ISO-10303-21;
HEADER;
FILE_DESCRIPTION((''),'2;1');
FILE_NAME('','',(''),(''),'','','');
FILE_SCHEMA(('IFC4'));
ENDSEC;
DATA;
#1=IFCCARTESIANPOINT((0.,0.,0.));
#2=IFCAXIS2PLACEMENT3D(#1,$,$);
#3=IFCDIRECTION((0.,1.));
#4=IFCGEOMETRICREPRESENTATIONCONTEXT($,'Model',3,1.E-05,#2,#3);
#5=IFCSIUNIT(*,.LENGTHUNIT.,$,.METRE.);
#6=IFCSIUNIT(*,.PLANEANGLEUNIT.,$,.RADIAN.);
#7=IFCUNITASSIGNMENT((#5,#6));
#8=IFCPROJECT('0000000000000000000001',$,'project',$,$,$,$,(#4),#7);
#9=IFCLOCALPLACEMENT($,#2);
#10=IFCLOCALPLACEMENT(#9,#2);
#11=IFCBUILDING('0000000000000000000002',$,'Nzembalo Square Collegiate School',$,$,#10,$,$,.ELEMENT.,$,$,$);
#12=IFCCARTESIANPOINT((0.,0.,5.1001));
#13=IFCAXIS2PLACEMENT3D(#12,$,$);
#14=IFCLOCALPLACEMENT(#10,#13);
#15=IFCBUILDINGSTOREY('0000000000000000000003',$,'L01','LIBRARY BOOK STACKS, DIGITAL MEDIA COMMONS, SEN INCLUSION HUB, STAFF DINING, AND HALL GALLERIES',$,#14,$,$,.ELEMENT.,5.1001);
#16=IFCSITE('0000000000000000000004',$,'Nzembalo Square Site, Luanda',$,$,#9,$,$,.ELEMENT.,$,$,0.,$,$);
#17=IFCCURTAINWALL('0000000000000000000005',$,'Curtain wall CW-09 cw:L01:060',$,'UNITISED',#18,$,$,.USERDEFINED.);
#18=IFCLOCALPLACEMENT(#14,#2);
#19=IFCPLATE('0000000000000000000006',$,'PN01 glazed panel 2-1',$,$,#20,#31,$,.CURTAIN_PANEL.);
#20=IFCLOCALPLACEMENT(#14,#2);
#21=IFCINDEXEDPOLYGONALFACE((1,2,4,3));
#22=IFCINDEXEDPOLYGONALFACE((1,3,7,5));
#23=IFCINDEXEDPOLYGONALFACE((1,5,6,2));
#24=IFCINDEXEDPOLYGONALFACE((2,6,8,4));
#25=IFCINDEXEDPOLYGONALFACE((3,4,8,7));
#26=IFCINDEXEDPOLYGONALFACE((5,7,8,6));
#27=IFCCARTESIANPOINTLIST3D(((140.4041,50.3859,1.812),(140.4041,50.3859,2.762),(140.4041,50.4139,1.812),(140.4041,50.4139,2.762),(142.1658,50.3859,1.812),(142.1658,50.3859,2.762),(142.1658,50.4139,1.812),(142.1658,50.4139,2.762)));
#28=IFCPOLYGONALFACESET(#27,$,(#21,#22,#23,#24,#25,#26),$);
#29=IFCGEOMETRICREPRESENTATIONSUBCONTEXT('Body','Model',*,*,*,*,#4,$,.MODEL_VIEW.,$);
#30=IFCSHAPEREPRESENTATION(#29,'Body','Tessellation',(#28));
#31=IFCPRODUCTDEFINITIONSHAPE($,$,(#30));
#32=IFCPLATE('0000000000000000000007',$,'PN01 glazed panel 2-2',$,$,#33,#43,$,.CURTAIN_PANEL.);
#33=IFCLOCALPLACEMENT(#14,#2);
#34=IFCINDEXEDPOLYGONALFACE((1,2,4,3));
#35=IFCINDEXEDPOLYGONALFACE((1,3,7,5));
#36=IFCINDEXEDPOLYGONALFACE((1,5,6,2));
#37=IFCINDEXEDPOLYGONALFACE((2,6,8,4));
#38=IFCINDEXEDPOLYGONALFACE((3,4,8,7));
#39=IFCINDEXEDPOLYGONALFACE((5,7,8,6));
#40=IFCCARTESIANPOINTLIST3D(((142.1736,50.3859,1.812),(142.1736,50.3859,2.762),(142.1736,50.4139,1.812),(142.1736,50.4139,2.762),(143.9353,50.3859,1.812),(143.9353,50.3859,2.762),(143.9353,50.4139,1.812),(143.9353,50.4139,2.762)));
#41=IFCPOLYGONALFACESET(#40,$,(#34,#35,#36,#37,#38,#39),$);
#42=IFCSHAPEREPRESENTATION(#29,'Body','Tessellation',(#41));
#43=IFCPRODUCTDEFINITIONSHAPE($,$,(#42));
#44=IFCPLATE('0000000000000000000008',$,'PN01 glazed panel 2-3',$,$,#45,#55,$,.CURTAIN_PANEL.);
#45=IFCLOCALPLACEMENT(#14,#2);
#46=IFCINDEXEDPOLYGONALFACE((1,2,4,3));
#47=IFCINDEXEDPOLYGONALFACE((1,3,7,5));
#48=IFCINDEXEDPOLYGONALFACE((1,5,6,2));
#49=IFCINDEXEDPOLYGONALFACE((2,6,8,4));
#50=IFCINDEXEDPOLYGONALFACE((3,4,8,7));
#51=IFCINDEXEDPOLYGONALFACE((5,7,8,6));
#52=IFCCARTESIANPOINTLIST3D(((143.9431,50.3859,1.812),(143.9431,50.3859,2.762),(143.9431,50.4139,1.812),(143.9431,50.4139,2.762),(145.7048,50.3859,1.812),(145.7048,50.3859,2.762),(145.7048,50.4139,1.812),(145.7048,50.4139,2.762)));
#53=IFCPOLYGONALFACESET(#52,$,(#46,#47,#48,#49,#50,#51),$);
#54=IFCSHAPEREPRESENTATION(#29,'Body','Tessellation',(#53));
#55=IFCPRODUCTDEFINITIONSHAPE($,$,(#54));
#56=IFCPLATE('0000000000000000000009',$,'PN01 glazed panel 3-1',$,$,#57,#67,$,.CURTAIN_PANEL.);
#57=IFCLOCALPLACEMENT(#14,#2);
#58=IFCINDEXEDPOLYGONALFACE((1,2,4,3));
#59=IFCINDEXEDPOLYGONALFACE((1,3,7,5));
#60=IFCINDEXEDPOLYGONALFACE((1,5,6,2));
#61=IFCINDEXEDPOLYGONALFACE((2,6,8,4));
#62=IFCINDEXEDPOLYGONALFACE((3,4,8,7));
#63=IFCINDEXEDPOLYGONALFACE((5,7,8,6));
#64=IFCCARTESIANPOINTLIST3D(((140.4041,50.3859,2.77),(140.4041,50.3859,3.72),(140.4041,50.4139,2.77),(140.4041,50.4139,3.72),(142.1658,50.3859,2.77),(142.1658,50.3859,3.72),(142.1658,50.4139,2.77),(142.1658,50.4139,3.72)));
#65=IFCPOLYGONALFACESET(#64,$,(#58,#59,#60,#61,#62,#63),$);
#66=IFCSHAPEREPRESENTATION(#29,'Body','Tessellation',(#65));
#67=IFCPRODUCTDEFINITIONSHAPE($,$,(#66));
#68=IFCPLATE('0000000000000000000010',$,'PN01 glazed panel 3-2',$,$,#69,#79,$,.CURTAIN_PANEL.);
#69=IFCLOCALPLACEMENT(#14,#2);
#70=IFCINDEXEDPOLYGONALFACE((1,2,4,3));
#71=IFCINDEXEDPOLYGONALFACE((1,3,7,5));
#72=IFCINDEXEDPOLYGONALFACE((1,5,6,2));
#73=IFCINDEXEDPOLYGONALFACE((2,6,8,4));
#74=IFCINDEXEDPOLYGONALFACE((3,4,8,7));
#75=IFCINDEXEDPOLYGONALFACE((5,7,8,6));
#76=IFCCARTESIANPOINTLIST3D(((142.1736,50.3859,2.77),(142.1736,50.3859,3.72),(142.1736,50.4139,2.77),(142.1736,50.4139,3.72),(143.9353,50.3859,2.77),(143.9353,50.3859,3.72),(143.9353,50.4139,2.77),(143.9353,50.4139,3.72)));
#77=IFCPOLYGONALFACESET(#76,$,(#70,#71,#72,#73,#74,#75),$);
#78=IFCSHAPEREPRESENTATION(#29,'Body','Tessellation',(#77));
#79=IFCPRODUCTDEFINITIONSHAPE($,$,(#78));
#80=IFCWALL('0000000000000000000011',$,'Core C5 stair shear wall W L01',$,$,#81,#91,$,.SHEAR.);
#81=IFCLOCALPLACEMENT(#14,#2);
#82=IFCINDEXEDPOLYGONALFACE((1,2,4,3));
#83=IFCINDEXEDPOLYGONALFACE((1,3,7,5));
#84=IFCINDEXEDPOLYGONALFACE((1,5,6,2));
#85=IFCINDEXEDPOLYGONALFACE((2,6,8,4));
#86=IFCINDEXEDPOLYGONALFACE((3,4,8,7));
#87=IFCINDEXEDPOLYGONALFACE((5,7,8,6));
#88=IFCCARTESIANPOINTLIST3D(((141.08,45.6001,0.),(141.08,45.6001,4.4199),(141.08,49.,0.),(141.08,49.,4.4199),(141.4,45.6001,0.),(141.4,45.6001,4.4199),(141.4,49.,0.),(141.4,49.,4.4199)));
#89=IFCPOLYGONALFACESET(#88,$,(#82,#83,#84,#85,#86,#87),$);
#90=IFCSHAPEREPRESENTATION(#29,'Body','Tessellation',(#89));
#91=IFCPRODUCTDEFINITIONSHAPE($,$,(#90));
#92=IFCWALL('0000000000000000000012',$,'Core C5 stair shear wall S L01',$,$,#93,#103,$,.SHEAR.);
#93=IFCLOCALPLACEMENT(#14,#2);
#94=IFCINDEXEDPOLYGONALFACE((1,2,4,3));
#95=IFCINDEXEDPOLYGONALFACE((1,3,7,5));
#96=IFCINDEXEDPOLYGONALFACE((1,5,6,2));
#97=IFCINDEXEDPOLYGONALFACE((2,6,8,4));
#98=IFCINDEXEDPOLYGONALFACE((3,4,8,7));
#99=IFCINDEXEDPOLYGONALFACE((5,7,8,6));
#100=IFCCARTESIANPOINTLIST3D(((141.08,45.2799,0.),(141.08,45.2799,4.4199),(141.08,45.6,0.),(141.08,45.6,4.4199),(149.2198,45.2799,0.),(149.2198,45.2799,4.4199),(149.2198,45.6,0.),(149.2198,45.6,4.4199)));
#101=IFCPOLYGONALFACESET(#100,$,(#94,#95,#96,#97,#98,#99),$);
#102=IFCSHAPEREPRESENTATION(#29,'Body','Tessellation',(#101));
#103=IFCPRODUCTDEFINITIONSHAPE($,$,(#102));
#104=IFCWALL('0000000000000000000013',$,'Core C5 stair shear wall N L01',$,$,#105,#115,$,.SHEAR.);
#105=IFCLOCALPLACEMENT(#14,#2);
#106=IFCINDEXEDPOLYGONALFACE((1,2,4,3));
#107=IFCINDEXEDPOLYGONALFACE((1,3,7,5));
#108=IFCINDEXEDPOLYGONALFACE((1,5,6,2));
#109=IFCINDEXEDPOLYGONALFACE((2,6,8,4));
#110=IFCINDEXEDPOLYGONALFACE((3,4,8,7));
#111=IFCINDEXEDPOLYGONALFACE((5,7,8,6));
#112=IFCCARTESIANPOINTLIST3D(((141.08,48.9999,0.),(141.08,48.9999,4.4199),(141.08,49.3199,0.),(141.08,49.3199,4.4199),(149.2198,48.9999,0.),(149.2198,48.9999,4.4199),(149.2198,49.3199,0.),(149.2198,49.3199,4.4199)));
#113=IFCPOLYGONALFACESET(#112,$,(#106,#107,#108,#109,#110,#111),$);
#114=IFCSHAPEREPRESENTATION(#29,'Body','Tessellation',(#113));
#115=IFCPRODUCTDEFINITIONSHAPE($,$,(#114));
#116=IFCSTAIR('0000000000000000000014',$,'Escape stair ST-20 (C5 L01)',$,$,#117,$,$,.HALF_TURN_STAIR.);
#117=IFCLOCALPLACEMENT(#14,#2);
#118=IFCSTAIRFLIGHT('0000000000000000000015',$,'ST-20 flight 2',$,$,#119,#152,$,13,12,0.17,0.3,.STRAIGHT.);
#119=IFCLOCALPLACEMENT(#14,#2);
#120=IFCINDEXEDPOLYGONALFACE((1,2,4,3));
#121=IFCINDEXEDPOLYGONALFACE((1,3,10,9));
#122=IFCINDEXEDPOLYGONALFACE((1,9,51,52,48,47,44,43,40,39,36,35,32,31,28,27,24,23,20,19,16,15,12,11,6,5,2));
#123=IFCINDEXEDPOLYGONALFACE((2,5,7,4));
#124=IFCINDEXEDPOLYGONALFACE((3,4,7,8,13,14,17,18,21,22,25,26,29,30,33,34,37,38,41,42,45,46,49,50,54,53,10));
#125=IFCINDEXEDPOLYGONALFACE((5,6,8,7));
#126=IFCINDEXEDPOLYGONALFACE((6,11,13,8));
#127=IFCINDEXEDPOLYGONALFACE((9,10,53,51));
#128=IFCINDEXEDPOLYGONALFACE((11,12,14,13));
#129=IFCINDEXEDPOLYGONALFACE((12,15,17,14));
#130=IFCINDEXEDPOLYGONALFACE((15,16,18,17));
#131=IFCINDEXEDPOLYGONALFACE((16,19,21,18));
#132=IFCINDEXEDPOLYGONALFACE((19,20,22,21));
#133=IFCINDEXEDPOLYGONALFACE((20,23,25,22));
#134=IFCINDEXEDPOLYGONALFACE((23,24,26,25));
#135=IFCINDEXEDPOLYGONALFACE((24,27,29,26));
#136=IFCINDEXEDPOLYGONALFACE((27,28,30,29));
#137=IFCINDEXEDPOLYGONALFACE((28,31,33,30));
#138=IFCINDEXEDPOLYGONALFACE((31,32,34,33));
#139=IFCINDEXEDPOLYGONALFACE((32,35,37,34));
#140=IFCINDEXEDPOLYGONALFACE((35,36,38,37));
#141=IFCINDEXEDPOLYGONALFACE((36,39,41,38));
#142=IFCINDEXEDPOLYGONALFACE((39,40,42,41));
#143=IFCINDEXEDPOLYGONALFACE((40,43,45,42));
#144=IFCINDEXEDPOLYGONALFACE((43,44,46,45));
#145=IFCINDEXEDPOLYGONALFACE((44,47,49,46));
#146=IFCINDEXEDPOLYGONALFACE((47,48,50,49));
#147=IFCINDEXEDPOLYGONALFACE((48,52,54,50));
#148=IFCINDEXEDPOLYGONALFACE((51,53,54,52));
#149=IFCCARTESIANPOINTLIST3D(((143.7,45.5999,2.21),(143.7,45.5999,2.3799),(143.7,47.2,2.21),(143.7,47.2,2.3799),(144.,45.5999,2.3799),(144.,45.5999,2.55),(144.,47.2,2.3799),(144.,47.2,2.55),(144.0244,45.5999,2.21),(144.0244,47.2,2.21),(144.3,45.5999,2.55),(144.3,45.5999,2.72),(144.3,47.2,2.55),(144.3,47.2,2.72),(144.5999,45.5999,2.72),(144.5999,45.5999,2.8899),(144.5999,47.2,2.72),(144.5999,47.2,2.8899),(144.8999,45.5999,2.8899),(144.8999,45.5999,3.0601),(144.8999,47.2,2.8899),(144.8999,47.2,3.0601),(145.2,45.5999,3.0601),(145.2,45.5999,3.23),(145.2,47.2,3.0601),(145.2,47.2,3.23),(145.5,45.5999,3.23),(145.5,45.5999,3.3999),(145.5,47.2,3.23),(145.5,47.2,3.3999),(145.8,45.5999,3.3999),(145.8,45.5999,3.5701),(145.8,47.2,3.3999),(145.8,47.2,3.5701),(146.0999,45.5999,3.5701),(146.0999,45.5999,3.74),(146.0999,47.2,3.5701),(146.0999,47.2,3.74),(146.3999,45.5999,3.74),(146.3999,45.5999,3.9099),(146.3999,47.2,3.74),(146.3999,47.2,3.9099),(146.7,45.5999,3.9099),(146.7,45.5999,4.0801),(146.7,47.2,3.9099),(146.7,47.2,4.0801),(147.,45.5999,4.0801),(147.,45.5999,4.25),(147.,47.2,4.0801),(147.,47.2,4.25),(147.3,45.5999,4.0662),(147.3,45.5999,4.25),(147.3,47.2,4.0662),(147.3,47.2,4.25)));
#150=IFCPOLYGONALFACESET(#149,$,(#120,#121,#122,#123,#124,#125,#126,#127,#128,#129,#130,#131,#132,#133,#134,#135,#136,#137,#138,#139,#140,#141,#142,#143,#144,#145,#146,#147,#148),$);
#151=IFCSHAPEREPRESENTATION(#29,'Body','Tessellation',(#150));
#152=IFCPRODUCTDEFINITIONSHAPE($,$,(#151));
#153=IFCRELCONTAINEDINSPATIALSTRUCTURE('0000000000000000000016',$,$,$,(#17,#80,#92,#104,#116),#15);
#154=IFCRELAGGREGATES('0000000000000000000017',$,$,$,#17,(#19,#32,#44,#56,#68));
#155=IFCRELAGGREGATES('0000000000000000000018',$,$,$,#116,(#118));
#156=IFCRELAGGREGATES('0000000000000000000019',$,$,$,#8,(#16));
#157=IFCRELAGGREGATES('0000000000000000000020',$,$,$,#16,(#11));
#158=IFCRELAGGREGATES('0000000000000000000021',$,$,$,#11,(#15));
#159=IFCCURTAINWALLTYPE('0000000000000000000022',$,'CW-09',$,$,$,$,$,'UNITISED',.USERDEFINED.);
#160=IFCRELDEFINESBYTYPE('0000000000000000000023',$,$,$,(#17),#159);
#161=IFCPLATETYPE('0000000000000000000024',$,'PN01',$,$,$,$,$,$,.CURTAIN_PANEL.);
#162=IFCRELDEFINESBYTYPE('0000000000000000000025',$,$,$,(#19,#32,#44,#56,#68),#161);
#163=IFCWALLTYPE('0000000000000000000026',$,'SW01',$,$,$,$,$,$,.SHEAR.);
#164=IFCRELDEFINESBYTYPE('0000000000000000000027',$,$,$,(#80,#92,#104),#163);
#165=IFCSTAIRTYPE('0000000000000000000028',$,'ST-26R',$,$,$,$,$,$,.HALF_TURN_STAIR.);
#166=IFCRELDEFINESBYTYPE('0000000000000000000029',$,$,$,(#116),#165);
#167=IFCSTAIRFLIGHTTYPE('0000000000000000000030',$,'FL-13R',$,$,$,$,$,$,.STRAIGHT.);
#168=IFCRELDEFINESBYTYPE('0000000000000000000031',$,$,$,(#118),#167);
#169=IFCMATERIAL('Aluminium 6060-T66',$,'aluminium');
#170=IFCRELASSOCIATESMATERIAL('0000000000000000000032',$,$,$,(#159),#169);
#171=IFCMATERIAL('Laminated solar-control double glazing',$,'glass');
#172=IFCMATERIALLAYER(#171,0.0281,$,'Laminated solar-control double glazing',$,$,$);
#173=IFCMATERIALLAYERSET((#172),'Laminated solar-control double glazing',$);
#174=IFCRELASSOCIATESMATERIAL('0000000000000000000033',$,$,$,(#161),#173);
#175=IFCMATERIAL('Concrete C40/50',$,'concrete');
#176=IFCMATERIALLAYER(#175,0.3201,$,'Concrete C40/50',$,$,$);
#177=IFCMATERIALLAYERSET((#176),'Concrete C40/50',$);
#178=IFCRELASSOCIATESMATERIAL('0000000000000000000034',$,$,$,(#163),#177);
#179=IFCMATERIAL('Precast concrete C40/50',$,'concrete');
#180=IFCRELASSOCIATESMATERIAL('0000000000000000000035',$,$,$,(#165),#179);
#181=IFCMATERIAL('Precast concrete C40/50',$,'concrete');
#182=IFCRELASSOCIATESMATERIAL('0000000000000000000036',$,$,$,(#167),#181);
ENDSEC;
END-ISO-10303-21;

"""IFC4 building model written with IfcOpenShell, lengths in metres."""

from ifc_helpers import new_model, si_unit, direction, frame, frame_2d, origin, origin_2d, place, context, subcontext, project, spatial, polyline, rectangle, outline, extrude, material, layer, layer_set, type_object, element, aggregate, save


model = new_model("IFC4")

# Units and contexts
model_context = context("Model", 3, precision=1e-05, world=origin(), true_north=direction((0.0, 1.0)))
body_context = subcontext(model_context, "Body", "Model", "MODEL_VIEW")
ifc_project = project(units=[si_unit("LENGTHUNIT", "METRE"), si_unit("PLANEANGLEUNIT", "RADIAN")], contexts=[model_context])

# Site, building, storey
site_placement = place(None, origin())
site = spatial("IfcSite", under=ifc_project, at=site_placement, Name="Nzembalo Square Site, Luanda", CompositionType="ELEMENT", RefElevation=0.0)
building_placement = place(site_placement, origin())
building = spatial("IfcBuilding", under=site, at=building_placement, Name="Nzembalo Square Collegiate School", CompositionType="ELEMENT")
storey_placement = place(building_placement, frame((0.0, 0.0, 5.1001)))
storey = spatial("IfcBuildingStorey", under=building, at=storey_placement, Name="L01", Description="LIBRARY BOOK STACKS, DIGITAL MEDIA COMMONS, SEN INCLUSION HUB, STAFF DINING, AND HALL GALLERIES", CompositionType="ELEMENT", Elevation=5.1001)

# Curtain wall, plates
ifc_material_1 = material(Name="Aluminium 6060-T66", Category="aluminium")
curtain_wall_type = type_object("IfcCurtainWallType", Name="CW-09", ElementType="UNITISED", PredefinedType="USERDEFINED", material=ifc_material_1)
curtain_wall_placement = place(storey_placement, origin())
curtain_wall = element("IfcCurtainWall", 1, at=curtain_wall_placement, inside=storey, type_object=curtain_wall_type, Name="Curtain wall CW-09 cw:L01:060", ObjectType="UNITISED", PredefinedType="USERDEFINED")
ifc_material_2 = material(Name="Laminated solar-control double glazing", Category="glass")
ifc_layer_1 = layer(ifc_material_2, 0.0281, Name="Laminated solar-control double glazing")
ifc_layer_set_1 = layer_set([ifc_layer_1], Name="Laminated solar-control double glazing")
plate_type = type_object("IfcPlateType", Name="PN01", PredefinedType="CURTAIN_PANEL", material=ifc_layer_set_1)
plate_1_placement = place(storey_placement, frame((141.2849, 50.3999, 1.812), z_axis=(0.0, 0.0, 1.0), x_axis=(1.0, 0.0, 0.0)))
plate_1 = element("IfcPlate", 2, at=plate_1_placement, type_object=plate_type, Name="PN01 glazed panel 2-1", PredefinedType="CURTAIN_PANEL", context=body_context, shape_type="SweptSolid", body=[
    extrude(rectangle(XDim=1.7617, YDim=0.0281, at=origin_2d()), origin(), (0.0, 0.0, 1.0), 0.95),
])
plate_2_placement = place(storey_placement, frame((143.0544, 50.3999, 1.812), z_axis=(0.0, 0.0, 1.0), x_axis=(1.0, 0.0, 0.0)))
plate_2 = element("IfcPlate", 3, at=plate_2_placement, type_object=plate_type, Name="PN01 glazed panel 2-2", PredefinedType="CURTAIN_PANEL", context=body_context, shape_type="SweptSolid", body=[
    extrude(rectangle(XDim=1.7617, YDim=0.0281, at=origin_2d()), origin(), (0.0, 0.0, 1.0), 0.95),
])
plate_3_placement = place(storey_placement, frame((144.824, 50.3999, 1.812), z_axis=(0.0, 0.0, 1.0), x_axis=(1.0, 0.0, 0.0)))
plate_3 = element("IfcPlate", 4, at=plate_3_placement, type_object=plate_type, Name="PN01 glazed panel 2-3", PredefinedType="CURTAIN_PANEL", context=body_context, shape_type="SweptSolid", body=[
    extrude(rectangle(XDim=1.7617, YDim=0.0281, at=origin_2d()), origin(), (0.0, 0.0, 1.0), 0.95),
])
plate_4_placement = place(storey_placement, frame((141.2849, 50.3999, 2.77), z_axis=(0.0, 0.0, 1.0), x_axis=(1.0, 0.0, 0.0)))
plate_4 = element("IfcPlate", 5, at=plate_4_placement, type_object=plate_type, Name="PN01 glazed panel 3-1", PredefinedType="CURTAIN_PANEL", context=body_context, shape_type="SweptSolid", body=[
    extrude(rectangle(XDim=1.7617, YDim=0.0281, at=origin_2d()), origin(), (0.0, 0.0, 1.0), 0.95),
])
plate_5_placement = place(storey_placement, frame((143.0544, 50.3999, 2.77), z_axis=(0.0, 0.0, 1.0), x_axis=(1.0, 0.0, 0.0)))
plate_5 = element("IfcPlate", 6, at=plate_5_placement, type_object=plate_type, Name="PN01 glazed panel 3-2", PredefinedType="CURTAIN_PANEL", context=body_context, shape_type="SweptSolid", body=[
    extrude(rectangle(XDim=1.7617, YDim=0.0281, at=origin_2d()), origin(), (0.0, 0.0, 1.0), 0.95),
])
aggregate(curtain_wall, [plate_1, plate_2, plate_3, plate_4, plate_5])

# Walls
ifc_material_3 = material(Name="Concrete C40/50", Category="concrete")
ifc_layer_2 = layer(ifc_material_3, 0.3201, Name="Concrete C40/50")
ifc_layer_set_2 = layer_set([ifc_layer_2], Name="Concrete C40/50")
wall_type = type_object("IfcWallType", Name="SW01", PredefinedType="SHEAR", material=ifc_layer_set_2)
wall_placement = place(storey_placement, frame((141.24, 45.6001, 0.0), z_axis=(0.0, 0.0, 1.0), x_axis=(0.0, 1.0, 0.0)))
element("IfcWall", 7, at=wall_placement, inside=storey, type_object=wall_type, Name="Core C5 stair shear wall W L01", PredefinedType="SHEAR", context=body_context, shape_type="SweptSolid", body=[
    extrude(rectangle(XDim=3.3999, YDim=0.3201, at=frame_2d((1.7, 0.0))), origin(), (0.0, 0.0, 1.0), 4.4199),
])
for number, where, z_axis, x_axis, name in (
    (8, (141.0801, 45.4399, 0.0), (0.0, 0.0, 1.0), (1.0, 0.0, 0.0), "Core C5 stair shear wall S L01"),
    (9, (141.0801, 49.1599, 0.0), (0.0, 0.0, 1.0), (1.0, 0.0, 0.0), "Core C5 stair shear wall N L01"),
):
    element("IfcWall", number, at=place(storey_placement, frame(where, z_axis=z_axis, x_axis=x_axis)), inside=storey, type_object=wall_type, Name=name, PredefinedType="SHEAR", context=body_context, shape_type="SweptSolid", body=[
        extrude(rectangle(XDim=8.1399, YDim=0.3201, at=frame_2d((4.0698, 0.0))), origin(), (0.0, 0.0, 1.0), 4.4199),
    ])

# Stair, stair flight
ifc_material_4 = material(Name="Precast concrete C40/50", Category="concrete")
stair_type = type_object("IfcStairType", Name="ST-26R", PredefinedType="HALF_TURN_STAIR", material=ifc_material_4)
stair_placement = place(storey_placement, origin())
stair = element("IfcStair", 10, at=stair_placement, inside=storey, type_object=stair_type, Name="Escape stair ST-20 (C5 L01)", PredefinedType="HALF_TURN_STAIR")
ifc_material_5 = material(Name="Precast concrete C40/50", Category="concrete")
stair_flight_type = type_object("IfcStairFlightType", Name="FL-13R", PredefinedType="STRAIGHT", material=ifc_material_5)
stair_flight_placement = place(storey_placement, frame((143.7, 46.3999, 2.21), z_axis=(0.0, 0.0, 1.0), x_axis=(1.0, 0.0, 0.0)))
stair_flight = element("IfcStairFlight", 11, at=stair_flight_placement, type_object=stair_flight_type, Name="ST-20 flight 2", NumberOfRisers=13, NumberOfTreads=12, PredefinedType="STRAIGHT", RiserHeight=0.17, TreadLength=0.3, context=body_context, shape_type="SweptSolid", body=[
    extrude(outline(polyline([(0.0, 0.0), (0.0, 0.1699), (0.3, 0.1699), (0.3, 0.3401), (0.6001, 0.3401), (0.6001, 0.51), (0.8999, 0.51), (0.8999, 0.6799), (1.2, 0.6799), (1.2, 0.8501), (1.5, 0.8501), (1.5, 1.02), (1.8, 1.02), (1.8, 1.1899), (2.1001, 1.1899), (2.1001, 1.3601), (2.3999, 1.3601), (2.3999, 1.53), (2.7, 1.53), (2.7, 1.7), (3.0, 1.7), (3.0, 1.8701), (3.3, 1.8701), (3.3, 2.04), (3.6001, 2.04), (3.6001, 2.21), (3.6001, 1.8562), (0.3245, 0.0), (0.0, 0.0)])), frame((0.0, 0.8, 0.0), z_axis=(0.0, -1.0, 0.0), x_axis=(1.0, 0.0, 0.0)), (0.0, 0.0, 1.0), 1.6001),
])
aggregate(stair, [stair_flight])

save(model, "model.ifc")
